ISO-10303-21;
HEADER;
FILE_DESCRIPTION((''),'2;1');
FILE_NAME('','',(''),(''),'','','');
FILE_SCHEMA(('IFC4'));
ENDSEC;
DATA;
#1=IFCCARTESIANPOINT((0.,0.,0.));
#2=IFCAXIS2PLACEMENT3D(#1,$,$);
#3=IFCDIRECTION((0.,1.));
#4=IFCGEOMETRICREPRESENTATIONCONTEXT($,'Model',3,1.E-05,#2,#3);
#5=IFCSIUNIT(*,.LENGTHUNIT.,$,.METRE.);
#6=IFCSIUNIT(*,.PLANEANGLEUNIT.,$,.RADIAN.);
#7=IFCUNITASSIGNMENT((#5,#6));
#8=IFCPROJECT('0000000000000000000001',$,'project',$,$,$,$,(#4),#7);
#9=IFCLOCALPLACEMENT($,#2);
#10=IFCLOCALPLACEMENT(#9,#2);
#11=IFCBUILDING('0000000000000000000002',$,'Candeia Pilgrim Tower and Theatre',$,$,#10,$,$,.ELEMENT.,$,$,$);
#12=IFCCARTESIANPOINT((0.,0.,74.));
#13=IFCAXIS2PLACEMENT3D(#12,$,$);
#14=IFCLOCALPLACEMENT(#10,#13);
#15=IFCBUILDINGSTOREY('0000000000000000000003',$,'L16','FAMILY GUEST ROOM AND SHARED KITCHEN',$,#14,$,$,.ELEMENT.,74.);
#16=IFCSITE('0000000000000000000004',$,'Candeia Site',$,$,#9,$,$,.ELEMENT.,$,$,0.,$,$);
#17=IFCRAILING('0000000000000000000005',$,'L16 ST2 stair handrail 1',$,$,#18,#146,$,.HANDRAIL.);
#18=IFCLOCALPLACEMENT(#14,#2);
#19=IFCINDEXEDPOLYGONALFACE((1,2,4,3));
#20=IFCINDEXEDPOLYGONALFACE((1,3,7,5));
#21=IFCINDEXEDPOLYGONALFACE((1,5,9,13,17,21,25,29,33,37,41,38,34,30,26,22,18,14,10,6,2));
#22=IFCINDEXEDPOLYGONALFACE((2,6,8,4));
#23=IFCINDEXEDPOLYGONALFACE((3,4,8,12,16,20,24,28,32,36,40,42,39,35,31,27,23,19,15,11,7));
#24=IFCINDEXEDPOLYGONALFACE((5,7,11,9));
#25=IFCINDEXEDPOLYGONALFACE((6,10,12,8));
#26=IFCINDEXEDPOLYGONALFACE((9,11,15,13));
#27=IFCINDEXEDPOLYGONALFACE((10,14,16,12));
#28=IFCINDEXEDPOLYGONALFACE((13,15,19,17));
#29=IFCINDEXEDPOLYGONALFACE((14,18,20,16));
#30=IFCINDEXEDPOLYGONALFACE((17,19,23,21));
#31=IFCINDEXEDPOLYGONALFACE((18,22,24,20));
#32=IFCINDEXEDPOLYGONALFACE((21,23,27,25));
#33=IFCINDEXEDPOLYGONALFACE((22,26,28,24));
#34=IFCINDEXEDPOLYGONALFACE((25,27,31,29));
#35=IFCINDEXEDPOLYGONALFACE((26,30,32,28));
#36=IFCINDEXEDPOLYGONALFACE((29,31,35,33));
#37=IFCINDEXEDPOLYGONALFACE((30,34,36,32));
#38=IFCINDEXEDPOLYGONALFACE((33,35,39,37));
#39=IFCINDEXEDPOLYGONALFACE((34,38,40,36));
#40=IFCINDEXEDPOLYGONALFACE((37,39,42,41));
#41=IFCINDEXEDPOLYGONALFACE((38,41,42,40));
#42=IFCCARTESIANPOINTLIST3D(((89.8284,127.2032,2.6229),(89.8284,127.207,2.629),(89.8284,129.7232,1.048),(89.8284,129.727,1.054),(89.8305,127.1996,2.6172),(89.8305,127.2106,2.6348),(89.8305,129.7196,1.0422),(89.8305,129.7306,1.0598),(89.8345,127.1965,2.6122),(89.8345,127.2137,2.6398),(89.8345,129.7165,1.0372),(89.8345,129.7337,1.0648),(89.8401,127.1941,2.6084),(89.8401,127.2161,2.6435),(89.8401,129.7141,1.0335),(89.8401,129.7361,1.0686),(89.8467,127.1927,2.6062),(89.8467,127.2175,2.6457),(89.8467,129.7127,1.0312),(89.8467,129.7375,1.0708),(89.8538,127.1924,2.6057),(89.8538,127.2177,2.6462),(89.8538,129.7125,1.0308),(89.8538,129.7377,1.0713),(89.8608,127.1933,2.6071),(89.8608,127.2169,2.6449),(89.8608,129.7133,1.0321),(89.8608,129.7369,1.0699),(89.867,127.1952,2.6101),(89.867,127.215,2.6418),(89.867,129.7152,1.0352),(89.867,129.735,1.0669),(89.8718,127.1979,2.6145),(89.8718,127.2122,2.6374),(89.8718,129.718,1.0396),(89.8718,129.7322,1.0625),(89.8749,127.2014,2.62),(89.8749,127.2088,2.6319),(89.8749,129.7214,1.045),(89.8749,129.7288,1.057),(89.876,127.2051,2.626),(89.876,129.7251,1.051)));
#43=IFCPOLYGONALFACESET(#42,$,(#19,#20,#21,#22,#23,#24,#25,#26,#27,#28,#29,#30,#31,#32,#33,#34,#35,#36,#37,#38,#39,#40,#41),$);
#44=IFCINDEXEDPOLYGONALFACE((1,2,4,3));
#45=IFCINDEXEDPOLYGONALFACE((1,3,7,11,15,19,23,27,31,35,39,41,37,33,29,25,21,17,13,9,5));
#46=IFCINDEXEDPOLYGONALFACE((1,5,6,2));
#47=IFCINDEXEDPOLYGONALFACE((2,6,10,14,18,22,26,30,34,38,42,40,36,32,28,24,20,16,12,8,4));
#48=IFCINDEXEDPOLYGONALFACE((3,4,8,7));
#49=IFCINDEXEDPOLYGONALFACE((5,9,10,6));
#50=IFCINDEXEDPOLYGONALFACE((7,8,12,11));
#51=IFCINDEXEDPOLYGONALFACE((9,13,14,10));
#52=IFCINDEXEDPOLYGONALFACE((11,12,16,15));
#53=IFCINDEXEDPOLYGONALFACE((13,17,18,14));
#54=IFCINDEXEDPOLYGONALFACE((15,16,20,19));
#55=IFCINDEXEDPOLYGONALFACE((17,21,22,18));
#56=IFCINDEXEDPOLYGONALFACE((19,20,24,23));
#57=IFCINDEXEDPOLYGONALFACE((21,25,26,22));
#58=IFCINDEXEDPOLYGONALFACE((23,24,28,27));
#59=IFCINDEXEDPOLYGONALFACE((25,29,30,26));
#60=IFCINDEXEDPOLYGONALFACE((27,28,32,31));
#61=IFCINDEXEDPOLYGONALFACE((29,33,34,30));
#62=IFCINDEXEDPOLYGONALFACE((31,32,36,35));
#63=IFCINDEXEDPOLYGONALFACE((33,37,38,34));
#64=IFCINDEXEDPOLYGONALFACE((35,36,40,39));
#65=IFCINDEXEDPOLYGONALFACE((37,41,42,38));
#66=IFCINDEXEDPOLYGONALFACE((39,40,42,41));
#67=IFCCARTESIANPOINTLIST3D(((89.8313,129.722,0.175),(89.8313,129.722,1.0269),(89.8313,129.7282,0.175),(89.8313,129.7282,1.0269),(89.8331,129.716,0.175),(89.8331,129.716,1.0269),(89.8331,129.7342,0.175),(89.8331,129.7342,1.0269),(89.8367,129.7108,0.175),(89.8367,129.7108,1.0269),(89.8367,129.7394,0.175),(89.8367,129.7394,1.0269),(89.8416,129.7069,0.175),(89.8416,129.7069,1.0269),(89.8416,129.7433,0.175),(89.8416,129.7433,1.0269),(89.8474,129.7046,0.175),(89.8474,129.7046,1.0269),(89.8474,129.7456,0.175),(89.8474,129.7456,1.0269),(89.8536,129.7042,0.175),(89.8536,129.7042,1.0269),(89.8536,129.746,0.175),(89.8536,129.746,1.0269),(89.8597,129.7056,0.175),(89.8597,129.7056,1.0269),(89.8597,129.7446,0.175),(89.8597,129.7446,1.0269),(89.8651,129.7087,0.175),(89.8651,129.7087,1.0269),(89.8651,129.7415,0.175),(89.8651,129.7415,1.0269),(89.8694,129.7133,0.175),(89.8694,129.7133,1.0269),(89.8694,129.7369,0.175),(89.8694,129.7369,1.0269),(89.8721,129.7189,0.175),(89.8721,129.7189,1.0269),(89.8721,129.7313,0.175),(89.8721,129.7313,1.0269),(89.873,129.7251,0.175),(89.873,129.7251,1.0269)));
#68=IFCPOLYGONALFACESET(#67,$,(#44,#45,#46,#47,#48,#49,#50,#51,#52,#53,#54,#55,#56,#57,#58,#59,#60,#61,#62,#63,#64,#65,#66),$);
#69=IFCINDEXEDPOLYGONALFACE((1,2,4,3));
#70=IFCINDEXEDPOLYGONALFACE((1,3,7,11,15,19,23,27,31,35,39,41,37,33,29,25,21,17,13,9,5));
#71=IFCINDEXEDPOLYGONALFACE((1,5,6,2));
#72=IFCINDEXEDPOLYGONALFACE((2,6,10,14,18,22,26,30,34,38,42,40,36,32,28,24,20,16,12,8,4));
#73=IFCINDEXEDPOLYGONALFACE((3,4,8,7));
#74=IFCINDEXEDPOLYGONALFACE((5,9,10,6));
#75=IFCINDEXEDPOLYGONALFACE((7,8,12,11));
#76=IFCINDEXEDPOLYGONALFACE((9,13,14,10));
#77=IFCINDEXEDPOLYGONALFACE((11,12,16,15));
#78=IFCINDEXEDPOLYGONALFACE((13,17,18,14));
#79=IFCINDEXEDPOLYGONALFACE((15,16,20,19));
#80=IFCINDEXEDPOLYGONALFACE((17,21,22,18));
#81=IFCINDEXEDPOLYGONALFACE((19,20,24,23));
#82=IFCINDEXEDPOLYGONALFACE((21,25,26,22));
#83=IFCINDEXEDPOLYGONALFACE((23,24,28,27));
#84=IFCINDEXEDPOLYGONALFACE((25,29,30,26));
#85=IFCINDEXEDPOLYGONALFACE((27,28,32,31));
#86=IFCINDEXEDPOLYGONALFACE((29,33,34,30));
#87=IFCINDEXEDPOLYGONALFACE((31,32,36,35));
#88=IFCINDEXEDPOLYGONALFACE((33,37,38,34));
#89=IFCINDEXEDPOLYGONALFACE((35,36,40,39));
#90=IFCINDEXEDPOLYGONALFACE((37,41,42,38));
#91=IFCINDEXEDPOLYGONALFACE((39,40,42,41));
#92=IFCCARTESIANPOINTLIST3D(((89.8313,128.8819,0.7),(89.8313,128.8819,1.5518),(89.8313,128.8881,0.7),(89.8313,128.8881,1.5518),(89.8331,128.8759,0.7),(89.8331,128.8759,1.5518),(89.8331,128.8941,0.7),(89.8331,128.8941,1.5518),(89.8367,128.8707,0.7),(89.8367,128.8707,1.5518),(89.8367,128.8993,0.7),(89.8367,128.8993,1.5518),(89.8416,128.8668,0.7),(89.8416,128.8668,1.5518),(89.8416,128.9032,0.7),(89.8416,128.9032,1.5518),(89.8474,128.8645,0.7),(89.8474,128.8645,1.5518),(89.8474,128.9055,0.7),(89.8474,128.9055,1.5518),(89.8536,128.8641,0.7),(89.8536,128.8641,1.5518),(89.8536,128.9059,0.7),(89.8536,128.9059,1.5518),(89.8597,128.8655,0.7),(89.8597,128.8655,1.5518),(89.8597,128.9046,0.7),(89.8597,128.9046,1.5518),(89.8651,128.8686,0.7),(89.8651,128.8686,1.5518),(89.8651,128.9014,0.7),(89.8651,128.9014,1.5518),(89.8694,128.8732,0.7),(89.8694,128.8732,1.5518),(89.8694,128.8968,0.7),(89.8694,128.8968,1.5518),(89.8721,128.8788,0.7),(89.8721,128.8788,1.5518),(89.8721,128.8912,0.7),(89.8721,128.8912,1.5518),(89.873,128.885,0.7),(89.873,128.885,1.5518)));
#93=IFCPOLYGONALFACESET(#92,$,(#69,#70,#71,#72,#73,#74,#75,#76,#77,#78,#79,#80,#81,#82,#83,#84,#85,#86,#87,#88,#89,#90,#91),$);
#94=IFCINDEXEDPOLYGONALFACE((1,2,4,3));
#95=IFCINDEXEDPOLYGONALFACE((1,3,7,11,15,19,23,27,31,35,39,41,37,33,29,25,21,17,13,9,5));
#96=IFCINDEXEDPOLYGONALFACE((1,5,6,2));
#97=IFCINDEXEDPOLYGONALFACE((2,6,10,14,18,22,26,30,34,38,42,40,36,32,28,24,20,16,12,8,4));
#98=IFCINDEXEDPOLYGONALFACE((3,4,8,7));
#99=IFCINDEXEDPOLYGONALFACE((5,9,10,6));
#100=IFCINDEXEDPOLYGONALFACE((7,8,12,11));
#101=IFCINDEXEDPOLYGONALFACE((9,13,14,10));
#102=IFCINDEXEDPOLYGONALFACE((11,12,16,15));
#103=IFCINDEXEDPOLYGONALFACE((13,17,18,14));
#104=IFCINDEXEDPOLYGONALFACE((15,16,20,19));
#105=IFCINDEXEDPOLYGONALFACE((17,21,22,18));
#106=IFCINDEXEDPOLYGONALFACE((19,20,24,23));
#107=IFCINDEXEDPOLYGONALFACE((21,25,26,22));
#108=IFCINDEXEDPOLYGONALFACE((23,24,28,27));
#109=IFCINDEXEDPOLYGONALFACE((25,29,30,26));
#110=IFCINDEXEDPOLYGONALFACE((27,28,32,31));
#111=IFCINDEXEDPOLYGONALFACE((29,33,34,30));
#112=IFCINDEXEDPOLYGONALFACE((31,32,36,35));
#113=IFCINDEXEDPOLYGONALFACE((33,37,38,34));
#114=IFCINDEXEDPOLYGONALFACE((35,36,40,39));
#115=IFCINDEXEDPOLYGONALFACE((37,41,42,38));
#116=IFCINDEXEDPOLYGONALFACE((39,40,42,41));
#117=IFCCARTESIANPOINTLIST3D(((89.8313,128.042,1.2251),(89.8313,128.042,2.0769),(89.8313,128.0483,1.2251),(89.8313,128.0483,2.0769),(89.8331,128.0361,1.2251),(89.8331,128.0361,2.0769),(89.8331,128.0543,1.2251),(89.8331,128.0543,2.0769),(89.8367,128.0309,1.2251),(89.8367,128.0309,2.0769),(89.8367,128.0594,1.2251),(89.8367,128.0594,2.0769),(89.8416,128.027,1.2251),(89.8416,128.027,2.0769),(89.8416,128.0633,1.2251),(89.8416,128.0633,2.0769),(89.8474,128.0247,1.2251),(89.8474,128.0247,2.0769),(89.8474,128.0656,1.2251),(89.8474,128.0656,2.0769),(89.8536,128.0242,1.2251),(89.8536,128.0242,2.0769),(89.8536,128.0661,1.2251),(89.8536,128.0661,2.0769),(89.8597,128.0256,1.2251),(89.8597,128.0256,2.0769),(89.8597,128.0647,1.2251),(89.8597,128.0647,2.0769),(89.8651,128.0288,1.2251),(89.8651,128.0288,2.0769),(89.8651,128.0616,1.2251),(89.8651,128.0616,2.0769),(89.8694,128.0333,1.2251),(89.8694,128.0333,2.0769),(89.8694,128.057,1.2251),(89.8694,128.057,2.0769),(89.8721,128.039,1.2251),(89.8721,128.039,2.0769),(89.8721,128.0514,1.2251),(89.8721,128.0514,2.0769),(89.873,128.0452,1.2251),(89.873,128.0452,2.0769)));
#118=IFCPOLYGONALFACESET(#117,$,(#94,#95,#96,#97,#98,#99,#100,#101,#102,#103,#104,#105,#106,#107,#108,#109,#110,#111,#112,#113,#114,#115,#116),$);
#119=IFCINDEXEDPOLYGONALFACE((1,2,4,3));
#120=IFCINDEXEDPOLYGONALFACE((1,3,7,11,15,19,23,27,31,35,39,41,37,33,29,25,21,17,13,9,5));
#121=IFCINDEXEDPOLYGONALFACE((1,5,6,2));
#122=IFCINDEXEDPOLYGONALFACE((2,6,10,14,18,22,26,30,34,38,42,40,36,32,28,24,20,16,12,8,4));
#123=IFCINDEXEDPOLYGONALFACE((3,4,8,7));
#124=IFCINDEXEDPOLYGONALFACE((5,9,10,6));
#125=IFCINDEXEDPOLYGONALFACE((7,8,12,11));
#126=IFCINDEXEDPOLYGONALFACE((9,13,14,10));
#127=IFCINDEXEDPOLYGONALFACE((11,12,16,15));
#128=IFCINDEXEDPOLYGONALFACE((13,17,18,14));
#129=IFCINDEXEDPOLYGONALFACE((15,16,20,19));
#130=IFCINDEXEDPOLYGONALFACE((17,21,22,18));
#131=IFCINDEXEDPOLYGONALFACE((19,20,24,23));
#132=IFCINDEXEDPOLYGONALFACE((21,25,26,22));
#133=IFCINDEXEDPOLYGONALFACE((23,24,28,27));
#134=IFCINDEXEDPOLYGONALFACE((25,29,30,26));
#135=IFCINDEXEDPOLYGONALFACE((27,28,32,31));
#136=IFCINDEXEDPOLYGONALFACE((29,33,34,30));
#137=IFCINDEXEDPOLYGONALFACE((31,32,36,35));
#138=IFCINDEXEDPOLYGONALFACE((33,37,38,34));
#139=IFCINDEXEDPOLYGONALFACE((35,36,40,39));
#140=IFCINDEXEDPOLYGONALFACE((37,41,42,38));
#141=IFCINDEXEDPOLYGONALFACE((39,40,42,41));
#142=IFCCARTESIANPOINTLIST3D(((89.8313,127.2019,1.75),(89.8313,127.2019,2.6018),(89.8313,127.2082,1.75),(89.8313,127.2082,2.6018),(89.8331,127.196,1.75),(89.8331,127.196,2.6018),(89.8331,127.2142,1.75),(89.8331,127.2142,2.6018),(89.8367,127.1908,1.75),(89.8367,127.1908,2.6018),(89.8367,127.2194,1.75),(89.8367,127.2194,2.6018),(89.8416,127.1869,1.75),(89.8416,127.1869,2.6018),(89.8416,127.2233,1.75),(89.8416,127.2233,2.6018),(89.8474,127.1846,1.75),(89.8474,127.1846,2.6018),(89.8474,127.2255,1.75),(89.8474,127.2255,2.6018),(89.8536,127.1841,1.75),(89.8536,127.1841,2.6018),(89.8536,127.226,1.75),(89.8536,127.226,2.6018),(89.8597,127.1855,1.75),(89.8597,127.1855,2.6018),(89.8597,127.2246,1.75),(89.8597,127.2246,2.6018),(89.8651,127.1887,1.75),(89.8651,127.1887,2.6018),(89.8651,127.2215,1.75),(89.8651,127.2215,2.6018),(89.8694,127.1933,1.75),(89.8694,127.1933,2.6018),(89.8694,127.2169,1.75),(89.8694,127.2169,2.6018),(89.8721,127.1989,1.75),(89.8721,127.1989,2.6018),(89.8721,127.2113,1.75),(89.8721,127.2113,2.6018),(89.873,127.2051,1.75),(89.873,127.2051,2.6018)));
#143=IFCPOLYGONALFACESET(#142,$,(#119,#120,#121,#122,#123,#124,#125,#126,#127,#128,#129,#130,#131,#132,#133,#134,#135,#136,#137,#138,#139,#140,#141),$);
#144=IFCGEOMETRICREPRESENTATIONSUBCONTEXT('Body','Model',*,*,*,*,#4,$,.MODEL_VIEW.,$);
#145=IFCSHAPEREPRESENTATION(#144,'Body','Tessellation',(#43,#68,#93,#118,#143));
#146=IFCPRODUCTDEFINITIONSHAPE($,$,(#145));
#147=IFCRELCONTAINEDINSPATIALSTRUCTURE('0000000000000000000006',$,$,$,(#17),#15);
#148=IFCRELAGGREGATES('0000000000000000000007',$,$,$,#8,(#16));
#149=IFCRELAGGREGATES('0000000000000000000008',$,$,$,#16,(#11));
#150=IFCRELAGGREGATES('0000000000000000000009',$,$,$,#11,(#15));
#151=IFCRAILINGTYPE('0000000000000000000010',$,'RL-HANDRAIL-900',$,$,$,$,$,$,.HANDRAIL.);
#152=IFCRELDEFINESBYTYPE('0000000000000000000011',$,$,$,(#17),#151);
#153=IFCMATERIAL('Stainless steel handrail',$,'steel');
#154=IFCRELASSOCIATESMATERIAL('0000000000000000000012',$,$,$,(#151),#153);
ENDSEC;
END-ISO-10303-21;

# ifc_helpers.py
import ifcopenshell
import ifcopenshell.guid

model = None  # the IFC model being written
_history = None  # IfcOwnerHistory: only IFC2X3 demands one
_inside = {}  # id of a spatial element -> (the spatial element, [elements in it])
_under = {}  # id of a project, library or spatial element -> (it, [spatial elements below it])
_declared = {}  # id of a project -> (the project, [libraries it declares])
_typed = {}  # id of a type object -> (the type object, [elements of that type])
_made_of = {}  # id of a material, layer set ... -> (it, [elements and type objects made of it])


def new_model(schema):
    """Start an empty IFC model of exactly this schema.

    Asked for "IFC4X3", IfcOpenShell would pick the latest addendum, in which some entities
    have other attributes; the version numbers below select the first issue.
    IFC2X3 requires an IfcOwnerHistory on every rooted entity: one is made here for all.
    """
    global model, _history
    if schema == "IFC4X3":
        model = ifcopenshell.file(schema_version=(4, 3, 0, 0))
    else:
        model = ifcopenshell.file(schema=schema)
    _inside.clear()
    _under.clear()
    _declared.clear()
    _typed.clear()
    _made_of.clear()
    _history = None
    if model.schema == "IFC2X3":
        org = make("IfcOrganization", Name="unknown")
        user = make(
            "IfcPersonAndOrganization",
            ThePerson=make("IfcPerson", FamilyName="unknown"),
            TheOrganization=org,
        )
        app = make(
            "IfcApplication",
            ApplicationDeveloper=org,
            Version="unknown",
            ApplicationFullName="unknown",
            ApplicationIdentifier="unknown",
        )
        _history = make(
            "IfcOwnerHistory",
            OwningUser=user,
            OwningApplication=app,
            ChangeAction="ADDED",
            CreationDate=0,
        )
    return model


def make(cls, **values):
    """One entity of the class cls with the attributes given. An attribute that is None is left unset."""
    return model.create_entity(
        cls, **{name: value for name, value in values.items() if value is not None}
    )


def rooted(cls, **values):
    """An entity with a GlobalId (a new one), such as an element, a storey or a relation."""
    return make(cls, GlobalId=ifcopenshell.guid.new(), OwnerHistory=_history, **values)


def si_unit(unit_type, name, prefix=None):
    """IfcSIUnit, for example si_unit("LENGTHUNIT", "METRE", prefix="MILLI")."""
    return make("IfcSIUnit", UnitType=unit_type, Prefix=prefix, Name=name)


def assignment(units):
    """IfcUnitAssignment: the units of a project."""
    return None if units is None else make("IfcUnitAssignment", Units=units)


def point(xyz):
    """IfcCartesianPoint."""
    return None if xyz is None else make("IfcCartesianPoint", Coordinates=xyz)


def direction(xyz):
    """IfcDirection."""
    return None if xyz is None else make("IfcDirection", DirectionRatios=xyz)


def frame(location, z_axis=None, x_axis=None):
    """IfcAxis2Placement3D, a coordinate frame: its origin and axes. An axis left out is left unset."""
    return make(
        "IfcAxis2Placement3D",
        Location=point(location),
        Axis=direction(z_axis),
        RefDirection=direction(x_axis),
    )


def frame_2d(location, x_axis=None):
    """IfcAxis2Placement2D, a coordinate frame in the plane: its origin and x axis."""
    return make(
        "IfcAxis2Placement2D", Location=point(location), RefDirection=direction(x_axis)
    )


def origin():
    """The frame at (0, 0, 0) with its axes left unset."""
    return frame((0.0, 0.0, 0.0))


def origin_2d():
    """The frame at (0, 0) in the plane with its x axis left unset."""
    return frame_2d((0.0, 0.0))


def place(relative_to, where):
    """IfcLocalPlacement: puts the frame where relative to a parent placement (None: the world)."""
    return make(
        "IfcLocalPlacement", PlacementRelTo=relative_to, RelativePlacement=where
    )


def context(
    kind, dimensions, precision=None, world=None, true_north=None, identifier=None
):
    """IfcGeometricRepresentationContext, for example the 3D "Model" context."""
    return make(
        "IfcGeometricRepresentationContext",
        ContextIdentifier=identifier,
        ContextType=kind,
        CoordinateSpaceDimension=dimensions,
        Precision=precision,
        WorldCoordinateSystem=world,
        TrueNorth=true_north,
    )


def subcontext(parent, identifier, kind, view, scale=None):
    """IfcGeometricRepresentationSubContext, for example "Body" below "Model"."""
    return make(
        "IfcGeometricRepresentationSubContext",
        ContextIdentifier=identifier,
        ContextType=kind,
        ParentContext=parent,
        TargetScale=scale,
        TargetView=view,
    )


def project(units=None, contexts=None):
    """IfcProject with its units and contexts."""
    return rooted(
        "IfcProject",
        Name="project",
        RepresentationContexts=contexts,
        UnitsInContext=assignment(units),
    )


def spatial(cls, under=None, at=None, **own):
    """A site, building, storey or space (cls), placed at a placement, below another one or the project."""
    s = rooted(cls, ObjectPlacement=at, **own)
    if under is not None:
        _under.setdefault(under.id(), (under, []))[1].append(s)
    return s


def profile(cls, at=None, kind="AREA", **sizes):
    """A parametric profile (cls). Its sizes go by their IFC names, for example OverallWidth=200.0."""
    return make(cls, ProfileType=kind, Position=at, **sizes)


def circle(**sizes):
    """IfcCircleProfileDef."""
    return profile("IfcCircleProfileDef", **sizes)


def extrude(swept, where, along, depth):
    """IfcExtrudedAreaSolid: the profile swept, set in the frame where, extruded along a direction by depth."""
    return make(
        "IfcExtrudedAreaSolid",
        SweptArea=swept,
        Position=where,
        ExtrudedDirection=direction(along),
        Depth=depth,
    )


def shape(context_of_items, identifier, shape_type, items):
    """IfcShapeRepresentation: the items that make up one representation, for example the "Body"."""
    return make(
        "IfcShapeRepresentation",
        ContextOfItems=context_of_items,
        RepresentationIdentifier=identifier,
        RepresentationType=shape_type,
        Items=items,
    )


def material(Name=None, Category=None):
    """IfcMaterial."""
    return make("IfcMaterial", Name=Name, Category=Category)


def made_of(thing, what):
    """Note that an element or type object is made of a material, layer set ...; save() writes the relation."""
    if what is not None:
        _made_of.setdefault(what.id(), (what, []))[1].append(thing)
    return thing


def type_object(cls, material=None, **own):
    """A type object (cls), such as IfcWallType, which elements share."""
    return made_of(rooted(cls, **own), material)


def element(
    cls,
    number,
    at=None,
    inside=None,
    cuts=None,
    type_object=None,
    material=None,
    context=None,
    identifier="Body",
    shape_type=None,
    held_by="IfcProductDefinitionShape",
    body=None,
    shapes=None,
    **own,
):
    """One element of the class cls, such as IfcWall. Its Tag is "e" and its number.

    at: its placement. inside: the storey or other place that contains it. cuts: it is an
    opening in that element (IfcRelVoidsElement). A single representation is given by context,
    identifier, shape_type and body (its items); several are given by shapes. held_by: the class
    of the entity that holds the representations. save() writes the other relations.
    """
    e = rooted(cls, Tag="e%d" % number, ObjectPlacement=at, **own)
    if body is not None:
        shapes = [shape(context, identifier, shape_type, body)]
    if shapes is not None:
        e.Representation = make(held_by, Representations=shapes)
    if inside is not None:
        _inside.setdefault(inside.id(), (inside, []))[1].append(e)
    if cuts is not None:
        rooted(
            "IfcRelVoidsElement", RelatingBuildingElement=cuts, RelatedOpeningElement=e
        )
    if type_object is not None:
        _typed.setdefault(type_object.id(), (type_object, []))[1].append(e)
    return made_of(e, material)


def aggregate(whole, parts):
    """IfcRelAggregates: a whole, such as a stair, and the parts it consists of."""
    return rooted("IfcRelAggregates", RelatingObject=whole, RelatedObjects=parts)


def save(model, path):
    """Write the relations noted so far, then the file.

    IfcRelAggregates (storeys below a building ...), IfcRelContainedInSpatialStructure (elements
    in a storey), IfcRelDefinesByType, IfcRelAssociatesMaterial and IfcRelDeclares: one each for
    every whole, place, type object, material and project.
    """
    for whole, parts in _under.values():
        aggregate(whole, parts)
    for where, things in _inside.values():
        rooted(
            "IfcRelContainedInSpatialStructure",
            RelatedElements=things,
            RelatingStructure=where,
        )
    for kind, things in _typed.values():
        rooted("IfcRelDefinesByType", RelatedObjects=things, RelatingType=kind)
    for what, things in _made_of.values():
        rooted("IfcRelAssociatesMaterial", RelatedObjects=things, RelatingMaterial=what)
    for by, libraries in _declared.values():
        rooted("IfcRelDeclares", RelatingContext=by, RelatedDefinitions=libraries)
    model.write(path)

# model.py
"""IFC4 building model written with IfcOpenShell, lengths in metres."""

from ifc_helpers import new_model, si_unit, direction, frame, origin, origin_2d, place, context, subcontext, project, spatial, circle, extrude, material, type_object, element, save


model = new_model("IFC4")

# Units and contexts
model_context = context("Model", 3, precision=1e-05, world=origin(), true_north=direction((0.0, 1.0)))
body_context = subcontext(model_context, "Body", "Model", "MODEL_VIEW")
ifc_project = project(units=[si_unit("LENGTHUNIT", "METRE"), si_unit("PLANEANGLEUNIT", "RADIAN")], contexts=[model_context])

# Site, building, storey
site_placement = place(None, origin())
site = spatial("IfcSite", under=ifc_project, at=site_placement, Name="Candeia Site", CompositionType="ELEMENT", RefElevation=0.0)
building_placement = place(site_placement, origin())
building = spatial("IfcBuilding", under=site, at=building_placement, Name="Candeia Pilgrim Tower and Theatre", CompositionType="ELEMENT")
storey_placement = place(building_placement, frame((0.0, 0.0, 74.0)))
storey = spatial("IfcBuildingStorey", under=building, at=storey_placement, Name="L16", Description="FAMILY GUEST ROOM AND SHARED KITCHEN", CompositionType="ELEMENT", Elevation=74.0)

# Railing
ifc_material_1 = material(Name="Stainless steel handrail", Category="steel")
railing_type_1 = type_object("IfcRailingType", Name="RL-HANDRAIL-900", PredefinedType="HANDRAIL", material=ifc_material_1)
for number, where, name in (
    (1, (89.8521, 129.7251, 0.175), "L16 ST2 stair handrail 1"),
):
    element("IfcRailing", number, at=place(storey_placement, frame(where)), inside=storey, type_object=railing_type_1, Name=name, PredefinedType="HANDRAIL", context=body_context, shape_type="SweptSolid", body=[
        extrude(circle(Radius=0.0239, at=origin_2d()), frame((0.0, 0.0, 0.876), z_axis=(0.0, -0.848008, 0.529984), x_axis=(1.0, 0.0, 0.0)), (0.0, 0.0, 1.0), 2.9717),
        extrude(circle(Radius=0.021, at=origin_2d()), origin(), (0.0, 0.0, 1.0), 0.8518),
        extrude(circle(Radius=0.021, at=origin_2d()), frame((0.0, -0.8401, 0.5249)), (0.0, 0.0, 1.0), 0.8518),
        extrude(circle(Radius=0.021, at=origin_2d()), frame((0.0, -1.6799, 1.05)), (0.0, 0.0, 1.0), 0.8518),
        extrude(circle(Radius=0.021, at=origin_2d()), frame((0.0, -2.52, 1.575)), (0.0, 0.0, 1.0), 0.8518),
    ])

save(model, "model.ifc")
